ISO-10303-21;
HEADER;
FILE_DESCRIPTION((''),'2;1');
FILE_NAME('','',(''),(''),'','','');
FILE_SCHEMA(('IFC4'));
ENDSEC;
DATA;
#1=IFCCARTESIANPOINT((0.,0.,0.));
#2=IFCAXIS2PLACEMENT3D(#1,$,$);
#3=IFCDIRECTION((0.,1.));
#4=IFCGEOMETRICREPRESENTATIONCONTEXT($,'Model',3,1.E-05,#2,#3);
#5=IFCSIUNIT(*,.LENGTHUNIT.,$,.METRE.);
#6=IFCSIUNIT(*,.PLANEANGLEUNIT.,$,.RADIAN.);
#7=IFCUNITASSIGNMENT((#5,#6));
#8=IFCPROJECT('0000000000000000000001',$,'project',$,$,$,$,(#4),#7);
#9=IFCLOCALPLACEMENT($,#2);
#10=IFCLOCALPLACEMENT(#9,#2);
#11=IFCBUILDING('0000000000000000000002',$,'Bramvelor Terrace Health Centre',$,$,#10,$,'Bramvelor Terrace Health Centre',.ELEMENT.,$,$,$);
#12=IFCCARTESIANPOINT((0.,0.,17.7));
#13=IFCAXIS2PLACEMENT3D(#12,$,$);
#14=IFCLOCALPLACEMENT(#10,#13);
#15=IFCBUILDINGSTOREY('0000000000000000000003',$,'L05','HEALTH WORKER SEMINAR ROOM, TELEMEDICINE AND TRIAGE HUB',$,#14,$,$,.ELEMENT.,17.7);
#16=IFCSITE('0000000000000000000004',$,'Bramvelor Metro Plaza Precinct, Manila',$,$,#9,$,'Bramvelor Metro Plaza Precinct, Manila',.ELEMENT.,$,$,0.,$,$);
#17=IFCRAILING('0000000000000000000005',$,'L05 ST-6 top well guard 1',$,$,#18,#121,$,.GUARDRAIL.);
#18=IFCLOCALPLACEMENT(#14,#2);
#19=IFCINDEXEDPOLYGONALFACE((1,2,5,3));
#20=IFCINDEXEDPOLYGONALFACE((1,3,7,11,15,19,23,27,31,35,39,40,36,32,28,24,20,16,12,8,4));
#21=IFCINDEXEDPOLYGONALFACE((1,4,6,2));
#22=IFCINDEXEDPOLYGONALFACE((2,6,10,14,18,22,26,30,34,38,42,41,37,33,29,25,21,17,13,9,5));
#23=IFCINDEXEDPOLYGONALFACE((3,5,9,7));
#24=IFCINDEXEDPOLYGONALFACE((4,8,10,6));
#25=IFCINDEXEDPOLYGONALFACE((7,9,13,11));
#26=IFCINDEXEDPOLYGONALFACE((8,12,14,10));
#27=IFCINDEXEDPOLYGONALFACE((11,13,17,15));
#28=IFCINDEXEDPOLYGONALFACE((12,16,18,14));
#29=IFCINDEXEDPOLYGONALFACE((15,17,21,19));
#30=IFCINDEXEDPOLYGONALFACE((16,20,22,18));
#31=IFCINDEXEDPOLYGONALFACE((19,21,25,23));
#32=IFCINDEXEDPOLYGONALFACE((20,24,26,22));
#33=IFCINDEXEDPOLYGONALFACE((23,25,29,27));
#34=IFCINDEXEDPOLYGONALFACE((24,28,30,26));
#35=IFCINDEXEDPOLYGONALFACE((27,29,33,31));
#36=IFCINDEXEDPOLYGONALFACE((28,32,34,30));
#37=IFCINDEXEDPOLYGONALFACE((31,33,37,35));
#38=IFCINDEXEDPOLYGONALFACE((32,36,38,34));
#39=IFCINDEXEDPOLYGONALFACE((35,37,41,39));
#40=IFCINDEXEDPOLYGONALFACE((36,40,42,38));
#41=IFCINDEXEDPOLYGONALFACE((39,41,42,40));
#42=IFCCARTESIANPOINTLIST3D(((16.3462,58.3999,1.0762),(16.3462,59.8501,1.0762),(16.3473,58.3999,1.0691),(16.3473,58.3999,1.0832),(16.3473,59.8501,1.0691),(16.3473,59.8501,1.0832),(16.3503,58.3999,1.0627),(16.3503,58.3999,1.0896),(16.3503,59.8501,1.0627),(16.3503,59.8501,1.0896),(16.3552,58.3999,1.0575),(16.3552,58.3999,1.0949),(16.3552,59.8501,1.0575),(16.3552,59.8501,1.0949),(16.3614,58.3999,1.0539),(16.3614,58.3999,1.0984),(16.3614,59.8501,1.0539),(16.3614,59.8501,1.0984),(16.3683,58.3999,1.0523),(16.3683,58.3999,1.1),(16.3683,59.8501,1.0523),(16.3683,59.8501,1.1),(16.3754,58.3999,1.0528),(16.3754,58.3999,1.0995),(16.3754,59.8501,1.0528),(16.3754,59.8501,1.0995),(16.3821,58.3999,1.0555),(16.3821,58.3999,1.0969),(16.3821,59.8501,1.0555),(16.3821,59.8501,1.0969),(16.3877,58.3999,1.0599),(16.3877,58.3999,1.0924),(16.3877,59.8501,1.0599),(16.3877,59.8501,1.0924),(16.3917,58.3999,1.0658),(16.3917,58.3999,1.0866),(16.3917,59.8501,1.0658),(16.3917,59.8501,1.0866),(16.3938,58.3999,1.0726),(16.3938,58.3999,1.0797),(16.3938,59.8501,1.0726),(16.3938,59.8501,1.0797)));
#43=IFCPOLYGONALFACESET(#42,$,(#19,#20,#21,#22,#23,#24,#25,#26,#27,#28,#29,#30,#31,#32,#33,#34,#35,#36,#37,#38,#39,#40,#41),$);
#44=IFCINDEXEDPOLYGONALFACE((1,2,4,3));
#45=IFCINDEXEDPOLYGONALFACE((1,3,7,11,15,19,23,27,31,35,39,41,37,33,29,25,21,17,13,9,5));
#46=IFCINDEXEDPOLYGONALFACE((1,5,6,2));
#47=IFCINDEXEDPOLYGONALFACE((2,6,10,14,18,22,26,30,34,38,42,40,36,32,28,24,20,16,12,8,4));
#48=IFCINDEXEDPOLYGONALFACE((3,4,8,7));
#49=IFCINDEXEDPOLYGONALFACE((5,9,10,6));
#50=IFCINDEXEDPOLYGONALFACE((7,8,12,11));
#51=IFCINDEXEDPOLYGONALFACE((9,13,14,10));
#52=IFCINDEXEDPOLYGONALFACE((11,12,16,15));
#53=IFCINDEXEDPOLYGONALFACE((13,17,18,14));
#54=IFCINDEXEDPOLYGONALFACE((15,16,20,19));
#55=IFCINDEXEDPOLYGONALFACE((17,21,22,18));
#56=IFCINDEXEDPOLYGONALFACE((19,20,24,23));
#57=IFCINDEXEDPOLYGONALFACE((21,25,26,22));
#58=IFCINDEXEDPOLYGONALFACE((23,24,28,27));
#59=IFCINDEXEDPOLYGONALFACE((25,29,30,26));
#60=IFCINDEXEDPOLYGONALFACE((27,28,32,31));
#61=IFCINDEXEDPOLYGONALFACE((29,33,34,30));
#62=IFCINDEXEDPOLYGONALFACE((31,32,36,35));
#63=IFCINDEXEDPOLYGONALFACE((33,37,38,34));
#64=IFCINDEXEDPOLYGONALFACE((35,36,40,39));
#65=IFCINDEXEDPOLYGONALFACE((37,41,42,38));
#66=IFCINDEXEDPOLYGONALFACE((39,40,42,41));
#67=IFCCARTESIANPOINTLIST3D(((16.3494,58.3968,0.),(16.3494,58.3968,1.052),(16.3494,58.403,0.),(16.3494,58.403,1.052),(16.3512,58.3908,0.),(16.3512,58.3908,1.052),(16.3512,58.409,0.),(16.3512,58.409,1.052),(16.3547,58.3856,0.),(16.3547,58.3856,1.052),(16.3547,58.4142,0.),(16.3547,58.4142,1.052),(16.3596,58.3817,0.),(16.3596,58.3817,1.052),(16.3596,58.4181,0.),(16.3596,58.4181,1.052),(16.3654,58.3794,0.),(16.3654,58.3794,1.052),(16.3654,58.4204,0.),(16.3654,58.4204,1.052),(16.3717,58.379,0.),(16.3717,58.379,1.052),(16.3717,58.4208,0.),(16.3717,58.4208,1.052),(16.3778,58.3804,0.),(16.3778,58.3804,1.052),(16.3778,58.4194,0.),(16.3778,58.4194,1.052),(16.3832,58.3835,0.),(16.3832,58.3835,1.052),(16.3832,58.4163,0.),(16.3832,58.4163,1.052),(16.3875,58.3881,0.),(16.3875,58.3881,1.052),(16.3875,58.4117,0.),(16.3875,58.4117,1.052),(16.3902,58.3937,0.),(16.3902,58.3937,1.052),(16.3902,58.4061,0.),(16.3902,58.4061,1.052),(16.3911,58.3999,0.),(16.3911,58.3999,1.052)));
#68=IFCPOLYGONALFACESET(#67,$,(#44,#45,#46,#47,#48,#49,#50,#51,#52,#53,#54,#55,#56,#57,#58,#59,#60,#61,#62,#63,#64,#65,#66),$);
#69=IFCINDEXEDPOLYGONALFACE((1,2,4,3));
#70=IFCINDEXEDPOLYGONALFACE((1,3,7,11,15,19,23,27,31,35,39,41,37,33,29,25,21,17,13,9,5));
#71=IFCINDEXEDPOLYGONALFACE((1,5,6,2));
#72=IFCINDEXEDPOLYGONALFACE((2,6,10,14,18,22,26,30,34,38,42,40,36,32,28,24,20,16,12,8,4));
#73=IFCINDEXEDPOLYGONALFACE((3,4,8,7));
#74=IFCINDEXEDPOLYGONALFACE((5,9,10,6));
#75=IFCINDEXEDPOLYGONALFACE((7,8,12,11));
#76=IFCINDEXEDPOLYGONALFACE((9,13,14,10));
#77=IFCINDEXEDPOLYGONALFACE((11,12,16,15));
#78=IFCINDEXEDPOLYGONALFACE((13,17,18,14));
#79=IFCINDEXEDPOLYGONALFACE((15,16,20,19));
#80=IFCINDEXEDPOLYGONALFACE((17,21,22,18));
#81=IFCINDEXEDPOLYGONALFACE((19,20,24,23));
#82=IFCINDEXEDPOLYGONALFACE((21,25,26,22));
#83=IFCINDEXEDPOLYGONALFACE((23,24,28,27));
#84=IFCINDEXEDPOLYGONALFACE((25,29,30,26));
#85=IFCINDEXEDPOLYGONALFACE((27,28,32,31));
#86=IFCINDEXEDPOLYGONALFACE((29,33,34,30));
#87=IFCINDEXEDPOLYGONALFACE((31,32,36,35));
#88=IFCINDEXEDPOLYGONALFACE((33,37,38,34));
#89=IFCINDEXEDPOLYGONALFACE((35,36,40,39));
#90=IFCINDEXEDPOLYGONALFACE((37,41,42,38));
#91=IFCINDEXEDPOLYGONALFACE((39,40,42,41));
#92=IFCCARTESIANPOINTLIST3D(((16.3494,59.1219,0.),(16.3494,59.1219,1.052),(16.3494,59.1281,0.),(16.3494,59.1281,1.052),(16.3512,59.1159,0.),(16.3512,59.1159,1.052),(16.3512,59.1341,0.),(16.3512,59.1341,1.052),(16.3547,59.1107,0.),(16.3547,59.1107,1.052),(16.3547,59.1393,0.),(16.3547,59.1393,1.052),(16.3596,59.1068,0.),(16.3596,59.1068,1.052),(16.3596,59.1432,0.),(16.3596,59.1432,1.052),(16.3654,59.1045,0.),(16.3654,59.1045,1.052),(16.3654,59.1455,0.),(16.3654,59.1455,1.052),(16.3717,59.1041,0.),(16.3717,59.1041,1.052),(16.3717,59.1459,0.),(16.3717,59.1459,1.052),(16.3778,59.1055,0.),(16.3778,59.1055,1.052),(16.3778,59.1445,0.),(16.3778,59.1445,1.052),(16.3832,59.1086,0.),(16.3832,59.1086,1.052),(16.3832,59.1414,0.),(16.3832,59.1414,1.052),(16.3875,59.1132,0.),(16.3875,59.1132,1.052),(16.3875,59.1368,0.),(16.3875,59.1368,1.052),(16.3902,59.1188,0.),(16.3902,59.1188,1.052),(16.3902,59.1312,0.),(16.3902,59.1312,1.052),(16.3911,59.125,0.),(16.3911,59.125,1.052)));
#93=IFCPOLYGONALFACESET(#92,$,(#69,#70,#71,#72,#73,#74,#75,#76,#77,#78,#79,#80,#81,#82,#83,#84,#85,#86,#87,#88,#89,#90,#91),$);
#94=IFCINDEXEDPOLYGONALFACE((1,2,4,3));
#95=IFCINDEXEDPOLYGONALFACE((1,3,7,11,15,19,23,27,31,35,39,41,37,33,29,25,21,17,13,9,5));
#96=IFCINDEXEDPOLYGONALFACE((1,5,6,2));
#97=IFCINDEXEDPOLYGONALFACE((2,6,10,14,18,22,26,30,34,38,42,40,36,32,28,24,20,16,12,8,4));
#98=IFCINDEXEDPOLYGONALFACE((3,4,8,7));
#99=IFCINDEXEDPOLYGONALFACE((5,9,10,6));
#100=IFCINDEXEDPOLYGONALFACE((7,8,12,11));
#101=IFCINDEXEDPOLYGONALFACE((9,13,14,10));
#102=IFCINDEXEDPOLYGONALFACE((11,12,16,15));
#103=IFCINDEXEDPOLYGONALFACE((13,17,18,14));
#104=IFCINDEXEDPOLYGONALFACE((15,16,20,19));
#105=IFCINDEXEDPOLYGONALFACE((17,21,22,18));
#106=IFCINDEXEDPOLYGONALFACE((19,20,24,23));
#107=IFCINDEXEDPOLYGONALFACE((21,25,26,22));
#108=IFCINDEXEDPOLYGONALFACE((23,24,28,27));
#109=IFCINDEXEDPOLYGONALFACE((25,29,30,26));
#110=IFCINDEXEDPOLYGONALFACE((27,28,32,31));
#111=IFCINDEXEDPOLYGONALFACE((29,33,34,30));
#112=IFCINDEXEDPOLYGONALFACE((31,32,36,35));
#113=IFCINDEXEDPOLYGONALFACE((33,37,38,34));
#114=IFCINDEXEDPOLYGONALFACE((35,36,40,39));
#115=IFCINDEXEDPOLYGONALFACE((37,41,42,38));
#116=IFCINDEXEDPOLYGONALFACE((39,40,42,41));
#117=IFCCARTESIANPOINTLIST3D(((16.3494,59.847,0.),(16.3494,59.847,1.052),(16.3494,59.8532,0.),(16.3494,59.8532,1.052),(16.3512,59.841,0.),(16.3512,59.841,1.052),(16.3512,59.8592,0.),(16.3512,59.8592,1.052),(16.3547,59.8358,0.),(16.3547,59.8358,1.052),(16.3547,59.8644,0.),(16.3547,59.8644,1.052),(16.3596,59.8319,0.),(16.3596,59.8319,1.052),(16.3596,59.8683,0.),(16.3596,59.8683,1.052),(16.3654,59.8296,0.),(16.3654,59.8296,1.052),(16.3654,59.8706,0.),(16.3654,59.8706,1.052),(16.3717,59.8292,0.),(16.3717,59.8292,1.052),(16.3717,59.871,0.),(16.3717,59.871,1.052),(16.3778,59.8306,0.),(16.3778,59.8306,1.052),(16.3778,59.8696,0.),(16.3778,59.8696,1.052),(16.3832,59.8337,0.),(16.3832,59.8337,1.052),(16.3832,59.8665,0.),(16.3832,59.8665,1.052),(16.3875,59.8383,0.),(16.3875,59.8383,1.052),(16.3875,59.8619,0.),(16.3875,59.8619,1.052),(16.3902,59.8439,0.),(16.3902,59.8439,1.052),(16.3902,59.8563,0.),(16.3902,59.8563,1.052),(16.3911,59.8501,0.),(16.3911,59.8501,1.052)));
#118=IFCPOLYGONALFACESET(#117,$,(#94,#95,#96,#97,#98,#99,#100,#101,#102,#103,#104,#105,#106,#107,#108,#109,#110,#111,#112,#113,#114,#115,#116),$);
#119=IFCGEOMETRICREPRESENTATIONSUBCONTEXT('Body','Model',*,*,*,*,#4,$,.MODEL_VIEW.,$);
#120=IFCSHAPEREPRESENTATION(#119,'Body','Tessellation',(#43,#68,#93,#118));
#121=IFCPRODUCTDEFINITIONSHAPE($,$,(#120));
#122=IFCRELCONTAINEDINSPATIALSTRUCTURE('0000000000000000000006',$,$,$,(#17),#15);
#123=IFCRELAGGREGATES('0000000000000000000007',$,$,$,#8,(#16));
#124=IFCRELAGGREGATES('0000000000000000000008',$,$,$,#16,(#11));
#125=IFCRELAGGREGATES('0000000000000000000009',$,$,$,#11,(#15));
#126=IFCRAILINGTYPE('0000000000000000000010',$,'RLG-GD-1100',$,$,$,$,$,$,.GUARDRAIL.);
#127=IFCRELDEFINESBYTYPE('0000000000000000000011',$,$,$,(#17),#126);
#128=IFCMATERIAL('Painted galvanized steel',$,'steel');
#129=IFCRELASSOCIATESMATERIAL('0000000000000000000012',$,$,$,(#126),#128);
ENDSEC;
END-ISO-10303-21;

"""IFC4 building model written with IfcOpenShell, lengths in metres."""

from ifc_helpers import new_model, si_unit, direction, frame, origin, origin_2d, place, context, subcontext, project, spatial, circle, extrude, material, type_object, element, save


model = new_model("IFC4")

# Units and contexts
model_context = context("Model", 3, precision=1e-05, world=origin(), true_north=direction((0.0, 1.0)))
body_context = subcontext(model_context, "Body", "Model", "MODEL_VIEW")
ifc_project = project(units=[si_unit("LENGTHUNIT", "METRE"), si_unit("PLANEANGLEUNIT", "RADIAN")], contexts=[model_context])

# Site, building, storey
site_placement = place(None, origin())
site = spatial("IfcSite", under=ifc_project, at=site_placement, Name="Bramvelor Metro Plaza Precinct, Manila", LongName="Bramvelor Metro Plaza Precinct, Manila", CompositionType="ELEMENT", RefElevation=0.0)
building_placement = place(site_placement, origin())
building = spatial("IfcBuilding", under=site, at=building_placement, Name="Bramvelor Terrace Health Centre", LongName="Bramvelor Terrace Health Centre", CompositionType="ELEMENT")
storey_placement = place(building_placement, frame((0.0, 0.0, 17.7)))
storey = spatial("IfcBuildingStorey", under=building, at=storey_placement, Name="L05", Description="HEALTH WORKER SEMINAR ROOM, TELEMEDICINE AND TRIAGE HUB", CompositionType="ELEMENT", Elevation=17.7)

# Railing
ifc_material_1 = material(Name="Painted galvanized steel", Category="steel")
railing_type = type_object("IfcRailingType", Name="RLG-GD-1100", PredefinedType="GUARDRAIL", material=ifc_material_1)
railing_placement = place(storey_placement, frame((16.3701, 58.3999, 0.0)))
element("IfcRailing", 1, at=railing_placement, inside=storey, type_object=railing_type, Name="L05 ST-6 top well guard 1", PredefinedType="GUARDRAIL", context=body_context, shape_type="SweptSolid", body=[
    extrude(circle(Radius=0.0239, at=origin_2d()), frame((0.0, 0.0, 1.0762), z_axis=(0.0, 1.0, 0.0), x_axis=(-1.0, 0.0, 0.0)), (0.0, 0.0, 1.0), 1.4502),
    extrude(circle(Radius=0.021, at=origin_2d()), origin(), (0.0, 0.0, 1.0), 1.052),
    extrude(circle(Radius=0.021, at=origin_2d()), frame((0.0, 0.7251, 0.0)), (0.0, 0.0, 1.0), 1.052),
    extrude(circle(Radius=0.021, at=origin_2d()), frame((0.0, 1.4502, 0.0)), (0.0, 0.0, 1.0), 1.052),
])

save(model, "model.ifc")
